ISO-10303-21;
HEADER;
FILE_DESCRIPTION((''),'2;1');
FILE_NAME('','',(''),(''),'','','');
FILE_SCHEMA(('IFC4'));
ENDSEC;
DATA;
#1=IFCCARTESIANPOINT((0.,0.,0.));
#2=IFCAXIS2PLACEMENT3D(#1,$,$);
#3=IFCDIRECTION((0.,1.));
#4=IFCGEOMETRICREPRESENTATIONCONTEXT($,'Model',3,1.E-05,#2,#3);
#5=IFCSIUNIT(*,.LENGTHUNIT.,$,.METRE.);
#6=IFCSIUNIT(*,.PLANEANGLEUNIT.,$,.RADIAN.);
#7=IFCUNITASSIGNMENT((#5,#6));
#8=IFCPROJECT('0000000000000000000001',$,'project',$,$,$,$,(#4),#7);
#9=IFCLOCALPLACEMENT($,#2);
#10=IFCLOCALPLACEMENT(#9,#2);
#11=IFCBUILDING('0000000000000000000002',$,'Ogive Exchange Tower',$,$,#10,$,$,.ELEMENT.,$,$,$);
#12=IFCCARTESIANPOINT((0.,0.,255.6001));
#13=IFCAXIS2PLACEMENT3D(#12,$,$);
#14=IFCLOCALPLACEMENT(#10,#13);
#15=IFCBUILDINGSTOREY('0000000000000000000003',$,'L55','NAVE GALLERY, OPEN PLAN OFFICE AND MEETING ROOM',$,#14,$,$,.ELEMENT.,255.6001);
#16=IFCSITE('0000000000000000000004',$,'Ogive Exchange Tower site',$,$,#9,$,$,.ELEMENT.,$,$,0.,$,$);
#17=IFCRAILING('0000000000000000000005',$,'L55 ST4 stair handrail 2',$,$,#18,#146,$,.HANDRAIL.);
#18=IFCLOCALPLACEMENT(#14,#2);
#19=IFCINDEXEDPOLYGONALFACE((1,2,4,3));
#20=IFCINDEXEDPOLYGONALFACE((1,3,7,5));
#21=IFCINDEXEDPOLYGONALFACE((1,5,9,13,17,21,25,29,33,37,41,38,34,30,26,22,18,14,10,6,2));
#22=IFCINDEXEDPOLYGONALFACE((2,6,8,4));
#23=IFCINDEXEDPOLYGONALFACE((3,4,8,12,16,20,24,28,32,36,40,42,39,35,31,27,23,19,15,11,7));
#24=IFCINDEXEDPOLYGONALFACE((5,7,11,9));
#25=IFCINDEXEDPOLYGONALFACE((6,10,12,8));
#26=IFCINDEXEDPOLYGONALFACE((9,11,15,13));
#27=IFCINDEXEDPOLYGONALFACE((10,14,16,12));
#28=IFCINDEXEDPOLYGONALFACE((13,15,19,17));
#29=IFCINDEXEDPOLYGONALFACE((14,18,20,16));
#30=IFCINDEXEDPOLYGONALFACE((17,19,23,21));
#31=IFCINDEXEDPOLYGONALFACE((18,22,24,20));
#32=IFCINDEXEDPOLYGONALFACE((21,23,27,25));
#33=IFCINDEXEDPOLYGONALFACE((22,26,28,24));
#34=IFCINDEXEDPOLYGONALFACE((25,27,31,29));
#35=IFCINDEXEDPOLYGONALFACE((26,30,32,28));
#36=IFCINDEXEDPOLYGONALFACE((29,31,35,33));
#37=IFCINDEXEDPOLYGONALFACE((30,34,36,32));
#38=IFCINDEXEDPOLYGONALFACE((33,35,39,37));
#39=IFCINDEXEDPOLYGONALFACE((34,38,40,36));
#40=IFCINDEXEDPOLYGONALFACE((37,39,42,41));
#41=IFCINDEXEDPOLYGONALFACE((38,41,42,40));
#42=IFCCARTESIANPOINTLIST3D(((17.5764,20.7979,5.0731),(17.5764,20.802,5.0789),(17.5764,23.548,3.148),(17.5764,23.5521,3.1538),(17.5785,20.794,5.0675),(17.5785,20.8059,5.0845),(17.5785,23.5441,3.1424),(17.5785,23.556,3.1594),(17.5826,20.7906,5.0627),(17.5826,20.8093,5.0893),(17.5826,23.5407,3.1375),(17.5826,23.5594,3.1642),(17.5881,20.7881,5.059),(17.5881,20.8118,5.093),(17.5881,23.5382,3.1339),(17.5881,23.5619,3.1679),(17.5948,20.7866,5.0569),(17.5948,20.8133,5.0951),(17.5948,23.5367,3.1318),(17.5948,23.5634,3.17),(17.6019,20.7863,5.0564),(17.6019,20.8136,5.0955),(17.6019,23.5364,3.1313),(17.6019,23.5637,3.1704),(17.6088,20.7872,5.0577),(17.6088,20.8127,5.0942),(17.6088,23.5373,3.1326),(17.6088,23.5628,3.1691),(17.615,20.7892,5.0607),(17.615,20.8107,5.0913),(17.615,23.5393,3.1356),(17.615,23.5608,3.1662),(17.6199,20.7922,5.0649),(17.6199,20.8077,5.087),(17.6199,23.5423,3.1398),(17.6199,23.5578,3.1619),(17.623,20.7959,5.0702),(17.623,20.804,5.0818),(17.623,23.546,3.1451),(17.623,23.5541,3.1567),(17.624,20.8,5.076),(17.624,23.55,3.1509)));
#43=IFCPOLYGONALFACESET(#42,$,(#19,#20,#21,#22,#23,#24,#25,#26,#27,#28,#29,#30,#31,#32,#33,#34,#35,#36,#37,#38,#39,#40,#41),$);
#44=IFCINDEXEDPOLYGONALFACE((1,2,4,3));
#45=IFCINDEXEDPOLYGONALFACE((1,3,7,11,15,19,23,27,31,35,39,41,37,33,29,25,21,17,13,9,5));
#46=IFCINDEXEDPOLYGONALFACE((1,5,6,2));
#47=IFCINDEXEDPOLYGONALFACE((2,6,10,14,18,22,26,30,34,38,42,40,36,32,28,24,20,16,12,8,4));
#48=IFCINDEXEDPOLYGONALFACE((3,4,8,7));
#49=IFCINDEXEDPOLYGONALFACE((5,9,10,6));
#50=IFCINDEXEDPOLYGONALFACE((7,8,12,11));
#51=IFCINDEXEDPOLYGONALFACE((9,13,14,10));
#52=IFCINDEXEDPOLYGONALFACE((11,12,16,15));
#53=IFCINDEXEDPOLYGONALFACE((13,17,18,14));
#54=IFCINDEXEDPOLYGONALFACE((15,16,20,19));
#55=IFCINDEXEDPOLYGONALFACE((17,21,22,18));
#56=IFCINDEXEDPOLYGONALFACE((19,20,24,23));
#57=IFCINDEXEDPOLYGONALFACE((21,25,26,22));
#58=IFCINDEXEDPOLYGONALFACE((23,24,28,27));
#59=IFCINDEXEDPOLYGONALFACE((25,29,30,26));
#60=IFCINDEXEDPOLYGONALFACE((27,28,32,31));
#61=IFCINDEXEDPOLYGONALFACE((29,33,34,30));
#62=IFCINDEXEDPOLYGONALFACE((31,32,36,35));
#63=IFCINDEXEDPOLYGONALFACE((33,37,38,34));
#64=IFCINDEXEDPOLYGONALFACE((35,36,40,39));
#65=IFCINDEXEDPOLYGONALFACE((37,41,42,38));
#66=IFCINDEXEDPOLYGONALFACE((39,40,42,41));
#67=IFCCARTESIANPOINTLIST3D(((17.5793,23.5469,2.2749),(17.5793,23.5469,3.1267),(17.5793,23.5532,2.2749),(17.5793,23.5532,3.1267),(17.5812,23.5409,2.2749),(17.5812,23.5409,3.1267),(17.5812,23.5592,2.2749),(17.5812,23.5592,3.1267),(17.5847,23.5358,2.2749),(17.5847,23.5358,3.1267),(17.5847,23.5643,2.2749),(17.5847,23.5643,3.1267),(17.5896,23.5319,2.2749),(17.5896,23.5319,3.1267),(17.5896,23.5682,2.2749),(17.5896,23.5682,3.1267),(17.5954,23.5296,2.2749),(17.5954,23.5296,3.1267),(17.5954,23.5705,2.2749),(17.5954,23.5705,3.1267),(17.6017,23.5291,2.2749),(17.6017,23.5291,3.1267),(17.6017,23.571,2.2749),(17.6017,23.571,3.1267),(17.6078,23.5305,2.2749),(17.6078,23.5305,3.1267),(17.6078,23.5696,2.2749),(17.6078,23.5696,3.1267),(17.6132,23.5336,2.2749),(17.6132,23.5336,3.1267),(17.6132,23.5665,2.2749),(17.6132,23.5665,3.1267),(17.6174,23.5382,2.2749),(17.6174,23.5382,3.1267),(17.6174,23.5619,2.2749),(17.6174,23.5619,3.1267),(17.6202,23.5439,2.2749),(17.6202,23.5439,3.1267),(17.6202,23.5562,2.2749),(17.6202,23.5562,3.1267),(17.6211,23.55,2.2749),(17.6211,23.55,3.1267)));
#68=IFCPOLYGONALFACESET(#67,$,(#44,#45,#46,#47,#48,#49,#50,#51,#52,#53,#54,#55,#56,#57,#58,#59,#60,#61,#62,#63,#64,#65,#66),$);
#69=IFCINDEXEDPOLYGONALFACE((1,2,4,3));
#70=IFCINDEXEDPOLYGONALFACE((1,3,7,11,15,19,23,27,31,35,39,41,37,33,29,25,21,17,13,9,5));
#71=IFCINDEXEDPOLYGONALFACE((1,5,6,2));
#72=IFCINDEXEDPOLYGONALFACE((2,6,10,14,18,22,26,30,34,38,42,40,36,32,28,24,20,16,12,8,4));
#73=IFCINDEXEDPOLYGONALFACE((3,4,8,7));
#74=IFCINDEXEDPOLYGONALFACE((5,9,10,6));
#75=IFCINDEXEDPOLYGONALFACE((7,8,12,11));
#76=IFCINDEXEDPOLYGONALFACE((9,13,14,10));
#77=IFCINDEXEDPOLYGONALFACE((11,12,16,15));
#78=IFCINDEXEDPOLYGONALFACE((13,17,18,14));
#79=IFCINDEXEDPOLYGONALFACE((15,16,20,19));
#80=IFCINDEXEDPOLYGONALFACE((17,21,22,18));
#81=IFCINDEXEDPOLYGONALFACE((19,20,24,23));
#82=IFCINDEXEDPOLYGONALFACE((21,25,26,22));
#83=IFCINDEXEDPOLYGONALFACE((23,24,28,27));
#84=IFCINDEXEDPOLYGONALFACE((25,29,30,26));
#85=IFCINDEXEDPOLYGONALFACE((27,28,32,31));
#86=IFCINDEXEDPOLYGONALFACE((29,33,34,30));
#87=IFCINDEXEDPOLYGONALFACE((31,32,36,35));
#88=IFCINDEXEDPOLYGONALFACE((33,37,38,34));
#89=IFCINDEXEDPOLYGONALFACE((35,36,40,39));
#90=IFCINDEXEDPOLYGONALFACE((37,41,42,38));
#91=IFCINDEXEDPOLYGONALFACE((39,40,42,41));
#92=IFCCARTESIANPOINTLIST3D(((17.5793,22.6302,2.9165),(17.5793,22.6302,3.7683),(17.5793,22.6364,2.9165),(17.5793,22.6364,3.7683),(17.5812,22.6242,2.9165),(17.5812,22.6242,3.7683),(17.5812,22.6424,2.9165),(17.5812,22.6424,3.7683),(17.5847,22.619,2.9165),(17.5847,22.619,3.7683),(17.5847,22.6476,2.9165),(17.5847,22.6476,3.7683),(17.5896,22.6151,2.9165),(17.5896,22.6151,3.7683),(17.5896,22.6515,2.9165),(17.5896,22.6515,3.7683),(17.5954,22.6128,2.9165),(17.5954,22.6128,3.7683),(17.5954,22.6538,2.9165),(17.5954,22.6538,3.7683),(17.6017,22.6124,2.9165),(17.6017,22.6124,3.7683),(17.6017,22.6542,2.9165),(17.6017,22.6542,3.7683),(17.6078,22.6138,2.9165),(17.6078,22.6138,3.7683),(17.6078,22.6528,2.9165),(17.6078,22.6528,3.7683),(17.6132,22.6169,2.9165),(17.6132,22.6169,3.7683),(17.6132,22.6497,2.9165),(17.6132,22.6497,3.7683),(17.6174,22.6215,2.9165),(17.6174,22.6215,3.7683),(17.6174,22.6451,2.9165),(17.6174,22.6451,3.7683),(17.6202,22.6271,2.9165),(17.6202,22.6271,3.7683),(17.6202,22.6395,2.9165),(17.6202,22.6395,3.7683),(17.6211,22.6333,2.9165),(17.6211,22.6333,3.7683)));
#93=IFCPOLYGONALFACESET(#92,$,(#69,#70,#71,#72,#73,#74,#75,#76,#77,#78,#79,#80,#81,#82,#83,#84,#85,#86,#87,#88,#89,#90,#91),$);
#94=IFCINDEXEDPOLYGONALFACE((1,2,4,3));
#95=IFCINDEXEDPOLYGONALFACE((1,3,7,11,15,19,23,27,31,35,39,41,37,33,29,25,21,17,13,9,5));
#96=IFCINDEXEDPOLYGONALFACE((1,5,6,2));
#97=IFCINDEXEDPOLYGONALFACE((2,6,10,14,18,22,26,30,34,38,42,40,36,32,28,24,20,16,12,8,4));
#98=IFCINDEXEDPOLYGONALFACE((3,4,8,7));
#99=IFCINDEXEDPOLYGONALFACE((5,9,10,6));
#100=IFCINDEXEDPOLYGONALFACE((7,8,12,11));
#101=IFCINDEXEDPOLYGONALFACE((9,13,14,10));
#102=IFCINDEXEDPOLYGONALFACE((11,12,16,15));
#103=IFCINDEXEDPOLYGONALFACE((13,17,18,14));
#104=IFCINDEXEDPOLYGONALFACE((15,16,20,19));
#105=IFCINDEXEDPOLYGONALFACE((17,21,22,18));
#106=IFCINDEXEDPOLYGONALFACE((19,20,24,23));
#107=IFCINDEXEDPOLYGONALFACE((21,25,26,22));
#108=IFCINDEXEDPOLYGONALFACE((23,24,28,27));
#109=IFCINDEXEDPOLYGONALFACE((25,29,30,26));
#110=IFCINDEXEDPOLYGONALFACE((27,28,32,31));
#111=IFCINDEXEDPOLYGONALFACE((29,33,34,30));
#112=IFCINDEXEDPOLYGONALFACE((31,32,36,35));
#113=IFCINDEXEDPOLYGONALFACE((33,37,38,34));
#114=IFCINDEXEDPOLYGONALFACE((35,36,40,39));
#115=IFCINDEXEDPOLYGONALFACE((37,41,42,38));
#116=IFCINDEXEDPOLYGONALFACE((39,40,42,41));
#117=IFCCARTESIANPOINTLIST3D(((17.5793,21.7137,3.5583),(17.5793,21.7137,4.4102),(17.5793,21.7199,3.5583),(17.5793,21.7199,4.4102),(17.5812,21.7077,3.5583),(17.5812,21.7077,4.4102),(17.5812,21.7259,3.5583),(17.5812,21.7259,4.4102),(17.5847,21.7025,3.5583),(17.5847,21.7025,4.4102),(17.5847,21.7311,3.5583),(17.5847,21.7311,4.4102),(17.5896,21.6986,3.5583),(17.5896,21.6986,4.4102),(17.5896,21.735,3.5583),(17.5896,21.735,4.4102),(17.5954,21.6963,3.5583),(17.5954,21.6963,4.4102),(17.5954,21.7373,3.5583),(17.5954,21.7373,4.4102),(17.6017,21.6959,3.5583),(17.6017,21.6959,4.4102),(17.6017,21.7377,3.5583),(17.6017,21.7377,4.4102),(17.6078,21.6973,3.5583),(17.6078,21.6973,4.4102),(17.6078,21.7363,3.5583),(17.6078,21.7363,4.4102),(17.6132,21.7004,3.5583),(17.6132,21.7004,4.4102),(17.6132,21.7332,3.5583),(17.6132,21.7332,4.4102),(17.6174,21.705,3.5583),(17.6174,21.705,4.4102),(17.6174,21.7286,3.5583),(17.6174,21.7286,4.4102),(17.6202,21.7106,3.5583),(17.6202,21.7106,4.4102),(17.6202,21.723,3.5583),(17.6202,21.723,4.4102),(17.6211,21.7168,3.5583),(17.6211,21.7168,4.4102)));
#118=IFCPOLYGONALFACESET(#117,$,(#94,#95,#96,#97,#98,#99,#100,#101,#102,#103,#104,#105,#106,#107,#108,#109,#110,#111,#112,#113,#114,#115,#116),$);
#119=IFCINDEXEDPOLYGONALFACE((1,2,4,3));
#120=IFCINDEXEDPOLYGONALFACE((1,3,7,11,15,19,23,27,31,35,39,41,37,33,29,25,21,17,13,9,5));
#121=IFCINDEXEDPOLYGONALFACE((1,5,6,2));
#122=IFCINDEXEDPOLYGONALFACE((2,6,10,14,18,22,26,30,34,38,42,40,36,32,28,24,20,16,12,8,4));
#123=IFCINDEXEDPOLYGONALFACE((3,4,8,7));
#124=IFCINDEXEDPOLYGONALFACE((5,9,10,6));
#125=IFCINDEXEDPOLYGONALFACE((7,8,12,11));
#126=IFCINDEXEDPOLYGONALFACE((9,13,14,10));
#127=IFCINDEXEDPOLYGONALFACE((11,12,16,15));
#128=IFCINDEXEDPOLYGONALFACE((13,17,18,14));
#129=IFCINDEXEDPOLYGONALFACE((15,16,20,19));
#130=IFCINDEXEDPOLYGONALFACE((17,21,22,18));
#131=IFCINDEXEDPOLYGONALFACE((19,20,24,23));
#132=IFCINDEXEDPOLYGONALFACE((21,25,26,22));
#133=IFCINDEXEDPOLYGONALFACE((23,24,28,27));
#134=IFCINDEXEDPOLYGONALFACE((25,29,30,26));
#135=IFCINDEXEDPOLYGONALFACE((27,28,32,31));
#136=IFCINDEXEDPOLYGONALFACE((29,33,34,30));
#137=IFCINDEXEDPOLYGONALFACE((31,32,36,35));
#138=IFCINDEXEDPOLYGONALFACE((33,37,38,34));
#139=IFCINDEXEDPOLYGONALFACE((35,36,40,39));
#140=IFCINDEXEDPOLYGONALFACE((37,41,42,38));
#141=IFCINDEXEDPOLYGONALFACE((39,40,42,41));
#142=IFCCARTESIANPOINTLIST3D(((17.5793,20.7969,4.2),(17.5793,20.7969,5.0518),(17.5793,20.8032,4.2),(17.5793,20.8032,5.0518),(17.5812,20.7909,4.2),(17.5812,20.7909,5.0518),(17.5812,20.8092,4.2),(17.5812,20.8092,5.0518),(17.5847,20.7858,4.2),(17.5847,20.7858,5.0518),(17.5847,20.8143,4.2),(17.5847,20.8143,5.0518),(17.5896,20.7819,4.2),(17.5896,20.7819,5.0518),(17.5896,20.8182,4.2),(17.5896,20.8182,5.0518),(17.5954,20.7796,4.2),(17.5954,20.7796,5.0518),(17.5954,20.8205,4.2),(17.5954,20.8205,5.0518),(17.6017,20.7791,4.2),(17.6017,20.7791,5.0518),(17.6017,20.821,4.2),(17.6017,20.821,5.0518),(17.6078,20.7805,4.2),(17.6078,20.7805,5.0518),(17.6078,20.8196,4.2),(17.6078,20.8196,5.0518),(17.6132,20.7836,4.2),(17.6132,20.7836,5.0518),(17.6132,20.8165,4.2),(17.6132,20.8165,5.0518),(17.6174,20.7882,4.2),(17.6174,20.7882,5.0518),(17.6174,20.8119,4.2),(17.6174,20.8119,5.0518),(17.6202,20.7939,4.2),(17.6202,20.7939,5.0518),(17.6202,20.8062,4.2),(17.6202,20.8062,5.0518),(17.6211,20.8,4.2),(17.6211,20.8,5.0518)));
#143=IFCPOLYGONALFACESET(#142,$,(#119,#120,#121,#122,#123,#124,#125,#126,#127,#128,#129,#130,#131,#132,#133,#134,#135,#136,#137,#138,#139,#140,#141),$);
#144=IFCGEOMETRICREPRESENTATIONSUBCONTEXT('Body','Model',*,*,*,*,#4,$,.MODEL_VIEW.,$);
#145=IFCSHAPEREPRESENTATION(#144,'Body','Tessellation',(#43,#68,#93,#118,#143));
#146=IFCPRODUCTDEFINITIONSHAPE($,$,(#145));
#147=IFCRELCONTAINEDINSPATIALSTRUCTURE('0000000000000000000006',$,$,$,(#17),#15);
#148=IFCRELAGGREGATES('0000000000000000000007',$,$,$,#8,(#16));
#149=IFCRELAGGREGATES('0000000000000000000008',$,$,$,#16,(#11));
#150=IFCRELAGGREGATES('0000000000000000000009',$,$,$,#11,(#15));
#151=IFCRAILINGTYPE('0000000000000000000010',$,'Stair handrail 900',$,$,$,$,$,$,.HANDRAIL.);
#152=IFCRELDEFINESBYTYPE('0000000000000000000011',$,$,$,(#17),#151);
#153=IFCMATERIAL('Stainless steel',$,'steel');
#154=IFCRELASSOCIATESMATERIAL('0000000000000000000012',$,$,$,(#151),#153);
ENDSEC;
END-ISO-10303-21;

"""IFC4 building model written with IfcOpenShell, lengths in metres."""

from ifc_helpers import new_model, si_unit, direction, frame, origin, origin_2d, place, context, subcontext, project, spatial, circle, extrude, material, type_object, element, save


model = new_model("IFC4")

# Units and contexts
model_context = context("Model", 3, precision=1e-05, world=origin(), true_north=direction((0.0, 1.0)))
body_context = subcontext(model_context, "Body", "Model", "MODEL_VIEW")
ifc_project = project(units=[si_unit("LENGTHUNIT", "METRE"), si_unit("PLANEANGLEUNIT", "RADIAN")], contexts=[model_context])

# Site, building, storey
site_placement = place(None, origin())
site = spatial("IfcSite", under=ifc_project, at=site_placement, Name="Ogive Exchange Tower site", CompositionType="ELEMENT", RefElevation=0.0)
building_placement = place(site_placement, origin())
building = spatial("IfcBuilding", under=site, at=building_placement, Name="Ogive Exchange Tower", CompositionType="ELEMENT")
storey_placement = place(building_placement, frame((0.0, 0.0, 255.6001)))
storey = spatial("IfcBuildingStorey", under=building, at=storey_placement, Name="L55", Description="NAVE GALLERY, OPEN PLAN OFFICE AND MEETING ROOM", CompositionType="ELEMENT", Elevation=255.6001)

# Railing
ifc_material_1 = material(Name="Stainless steel", Category="steel")
railing_type = type_object("IfcRailingType", Name="Stair handrail 900", PredefinedType="HANDRAIL", material=ifc_material_1)
railing_1_placement = place(storey_placement, frame((17.6001, 23.55, 2.2749)))
element("IfcRailing", 1, at=railing_1_placement, inside=storey, type_object=railing_type, Name="L55 ST4 stair handrail 2", PredefinedType="HANDRAIL", context=body_context, shape_type="SweptSolid", body=[
    extrude(circle(Radius=0.0239, at=origin_2d()), frame((0.0, 0.0, 0.876), z_axis=(0.0, -0.819225, 0.573472), x_axis=(1.0, 0.0, 0.0)), (0.0, 0.0, 1.0), 3.3569),
    extrude(circle(Radius=0.021, at=origin_2d()), origin(), (0.0, 0.0, 1.0), 0.8518),
    extrude(circle(Radius=0.021, at=origin_2d()), frame((0.0, -0.9167, 0.6416)), (0.0, 0.0, 1.0), 0.8518),
    extrude(circle(Radius=0.021, at=origin_2d()), frame((0.0, -1.8333, 1.2834)), (0.0, 0.0, 1.0), 0.8518),
    extrude(circle(Radius=0.021, at=origin_2d()), frame((0.0, -2.75, 1.925)), (0.0, 0.0, 1.0), 0.8518),
])

save(model, "model.ifc")
